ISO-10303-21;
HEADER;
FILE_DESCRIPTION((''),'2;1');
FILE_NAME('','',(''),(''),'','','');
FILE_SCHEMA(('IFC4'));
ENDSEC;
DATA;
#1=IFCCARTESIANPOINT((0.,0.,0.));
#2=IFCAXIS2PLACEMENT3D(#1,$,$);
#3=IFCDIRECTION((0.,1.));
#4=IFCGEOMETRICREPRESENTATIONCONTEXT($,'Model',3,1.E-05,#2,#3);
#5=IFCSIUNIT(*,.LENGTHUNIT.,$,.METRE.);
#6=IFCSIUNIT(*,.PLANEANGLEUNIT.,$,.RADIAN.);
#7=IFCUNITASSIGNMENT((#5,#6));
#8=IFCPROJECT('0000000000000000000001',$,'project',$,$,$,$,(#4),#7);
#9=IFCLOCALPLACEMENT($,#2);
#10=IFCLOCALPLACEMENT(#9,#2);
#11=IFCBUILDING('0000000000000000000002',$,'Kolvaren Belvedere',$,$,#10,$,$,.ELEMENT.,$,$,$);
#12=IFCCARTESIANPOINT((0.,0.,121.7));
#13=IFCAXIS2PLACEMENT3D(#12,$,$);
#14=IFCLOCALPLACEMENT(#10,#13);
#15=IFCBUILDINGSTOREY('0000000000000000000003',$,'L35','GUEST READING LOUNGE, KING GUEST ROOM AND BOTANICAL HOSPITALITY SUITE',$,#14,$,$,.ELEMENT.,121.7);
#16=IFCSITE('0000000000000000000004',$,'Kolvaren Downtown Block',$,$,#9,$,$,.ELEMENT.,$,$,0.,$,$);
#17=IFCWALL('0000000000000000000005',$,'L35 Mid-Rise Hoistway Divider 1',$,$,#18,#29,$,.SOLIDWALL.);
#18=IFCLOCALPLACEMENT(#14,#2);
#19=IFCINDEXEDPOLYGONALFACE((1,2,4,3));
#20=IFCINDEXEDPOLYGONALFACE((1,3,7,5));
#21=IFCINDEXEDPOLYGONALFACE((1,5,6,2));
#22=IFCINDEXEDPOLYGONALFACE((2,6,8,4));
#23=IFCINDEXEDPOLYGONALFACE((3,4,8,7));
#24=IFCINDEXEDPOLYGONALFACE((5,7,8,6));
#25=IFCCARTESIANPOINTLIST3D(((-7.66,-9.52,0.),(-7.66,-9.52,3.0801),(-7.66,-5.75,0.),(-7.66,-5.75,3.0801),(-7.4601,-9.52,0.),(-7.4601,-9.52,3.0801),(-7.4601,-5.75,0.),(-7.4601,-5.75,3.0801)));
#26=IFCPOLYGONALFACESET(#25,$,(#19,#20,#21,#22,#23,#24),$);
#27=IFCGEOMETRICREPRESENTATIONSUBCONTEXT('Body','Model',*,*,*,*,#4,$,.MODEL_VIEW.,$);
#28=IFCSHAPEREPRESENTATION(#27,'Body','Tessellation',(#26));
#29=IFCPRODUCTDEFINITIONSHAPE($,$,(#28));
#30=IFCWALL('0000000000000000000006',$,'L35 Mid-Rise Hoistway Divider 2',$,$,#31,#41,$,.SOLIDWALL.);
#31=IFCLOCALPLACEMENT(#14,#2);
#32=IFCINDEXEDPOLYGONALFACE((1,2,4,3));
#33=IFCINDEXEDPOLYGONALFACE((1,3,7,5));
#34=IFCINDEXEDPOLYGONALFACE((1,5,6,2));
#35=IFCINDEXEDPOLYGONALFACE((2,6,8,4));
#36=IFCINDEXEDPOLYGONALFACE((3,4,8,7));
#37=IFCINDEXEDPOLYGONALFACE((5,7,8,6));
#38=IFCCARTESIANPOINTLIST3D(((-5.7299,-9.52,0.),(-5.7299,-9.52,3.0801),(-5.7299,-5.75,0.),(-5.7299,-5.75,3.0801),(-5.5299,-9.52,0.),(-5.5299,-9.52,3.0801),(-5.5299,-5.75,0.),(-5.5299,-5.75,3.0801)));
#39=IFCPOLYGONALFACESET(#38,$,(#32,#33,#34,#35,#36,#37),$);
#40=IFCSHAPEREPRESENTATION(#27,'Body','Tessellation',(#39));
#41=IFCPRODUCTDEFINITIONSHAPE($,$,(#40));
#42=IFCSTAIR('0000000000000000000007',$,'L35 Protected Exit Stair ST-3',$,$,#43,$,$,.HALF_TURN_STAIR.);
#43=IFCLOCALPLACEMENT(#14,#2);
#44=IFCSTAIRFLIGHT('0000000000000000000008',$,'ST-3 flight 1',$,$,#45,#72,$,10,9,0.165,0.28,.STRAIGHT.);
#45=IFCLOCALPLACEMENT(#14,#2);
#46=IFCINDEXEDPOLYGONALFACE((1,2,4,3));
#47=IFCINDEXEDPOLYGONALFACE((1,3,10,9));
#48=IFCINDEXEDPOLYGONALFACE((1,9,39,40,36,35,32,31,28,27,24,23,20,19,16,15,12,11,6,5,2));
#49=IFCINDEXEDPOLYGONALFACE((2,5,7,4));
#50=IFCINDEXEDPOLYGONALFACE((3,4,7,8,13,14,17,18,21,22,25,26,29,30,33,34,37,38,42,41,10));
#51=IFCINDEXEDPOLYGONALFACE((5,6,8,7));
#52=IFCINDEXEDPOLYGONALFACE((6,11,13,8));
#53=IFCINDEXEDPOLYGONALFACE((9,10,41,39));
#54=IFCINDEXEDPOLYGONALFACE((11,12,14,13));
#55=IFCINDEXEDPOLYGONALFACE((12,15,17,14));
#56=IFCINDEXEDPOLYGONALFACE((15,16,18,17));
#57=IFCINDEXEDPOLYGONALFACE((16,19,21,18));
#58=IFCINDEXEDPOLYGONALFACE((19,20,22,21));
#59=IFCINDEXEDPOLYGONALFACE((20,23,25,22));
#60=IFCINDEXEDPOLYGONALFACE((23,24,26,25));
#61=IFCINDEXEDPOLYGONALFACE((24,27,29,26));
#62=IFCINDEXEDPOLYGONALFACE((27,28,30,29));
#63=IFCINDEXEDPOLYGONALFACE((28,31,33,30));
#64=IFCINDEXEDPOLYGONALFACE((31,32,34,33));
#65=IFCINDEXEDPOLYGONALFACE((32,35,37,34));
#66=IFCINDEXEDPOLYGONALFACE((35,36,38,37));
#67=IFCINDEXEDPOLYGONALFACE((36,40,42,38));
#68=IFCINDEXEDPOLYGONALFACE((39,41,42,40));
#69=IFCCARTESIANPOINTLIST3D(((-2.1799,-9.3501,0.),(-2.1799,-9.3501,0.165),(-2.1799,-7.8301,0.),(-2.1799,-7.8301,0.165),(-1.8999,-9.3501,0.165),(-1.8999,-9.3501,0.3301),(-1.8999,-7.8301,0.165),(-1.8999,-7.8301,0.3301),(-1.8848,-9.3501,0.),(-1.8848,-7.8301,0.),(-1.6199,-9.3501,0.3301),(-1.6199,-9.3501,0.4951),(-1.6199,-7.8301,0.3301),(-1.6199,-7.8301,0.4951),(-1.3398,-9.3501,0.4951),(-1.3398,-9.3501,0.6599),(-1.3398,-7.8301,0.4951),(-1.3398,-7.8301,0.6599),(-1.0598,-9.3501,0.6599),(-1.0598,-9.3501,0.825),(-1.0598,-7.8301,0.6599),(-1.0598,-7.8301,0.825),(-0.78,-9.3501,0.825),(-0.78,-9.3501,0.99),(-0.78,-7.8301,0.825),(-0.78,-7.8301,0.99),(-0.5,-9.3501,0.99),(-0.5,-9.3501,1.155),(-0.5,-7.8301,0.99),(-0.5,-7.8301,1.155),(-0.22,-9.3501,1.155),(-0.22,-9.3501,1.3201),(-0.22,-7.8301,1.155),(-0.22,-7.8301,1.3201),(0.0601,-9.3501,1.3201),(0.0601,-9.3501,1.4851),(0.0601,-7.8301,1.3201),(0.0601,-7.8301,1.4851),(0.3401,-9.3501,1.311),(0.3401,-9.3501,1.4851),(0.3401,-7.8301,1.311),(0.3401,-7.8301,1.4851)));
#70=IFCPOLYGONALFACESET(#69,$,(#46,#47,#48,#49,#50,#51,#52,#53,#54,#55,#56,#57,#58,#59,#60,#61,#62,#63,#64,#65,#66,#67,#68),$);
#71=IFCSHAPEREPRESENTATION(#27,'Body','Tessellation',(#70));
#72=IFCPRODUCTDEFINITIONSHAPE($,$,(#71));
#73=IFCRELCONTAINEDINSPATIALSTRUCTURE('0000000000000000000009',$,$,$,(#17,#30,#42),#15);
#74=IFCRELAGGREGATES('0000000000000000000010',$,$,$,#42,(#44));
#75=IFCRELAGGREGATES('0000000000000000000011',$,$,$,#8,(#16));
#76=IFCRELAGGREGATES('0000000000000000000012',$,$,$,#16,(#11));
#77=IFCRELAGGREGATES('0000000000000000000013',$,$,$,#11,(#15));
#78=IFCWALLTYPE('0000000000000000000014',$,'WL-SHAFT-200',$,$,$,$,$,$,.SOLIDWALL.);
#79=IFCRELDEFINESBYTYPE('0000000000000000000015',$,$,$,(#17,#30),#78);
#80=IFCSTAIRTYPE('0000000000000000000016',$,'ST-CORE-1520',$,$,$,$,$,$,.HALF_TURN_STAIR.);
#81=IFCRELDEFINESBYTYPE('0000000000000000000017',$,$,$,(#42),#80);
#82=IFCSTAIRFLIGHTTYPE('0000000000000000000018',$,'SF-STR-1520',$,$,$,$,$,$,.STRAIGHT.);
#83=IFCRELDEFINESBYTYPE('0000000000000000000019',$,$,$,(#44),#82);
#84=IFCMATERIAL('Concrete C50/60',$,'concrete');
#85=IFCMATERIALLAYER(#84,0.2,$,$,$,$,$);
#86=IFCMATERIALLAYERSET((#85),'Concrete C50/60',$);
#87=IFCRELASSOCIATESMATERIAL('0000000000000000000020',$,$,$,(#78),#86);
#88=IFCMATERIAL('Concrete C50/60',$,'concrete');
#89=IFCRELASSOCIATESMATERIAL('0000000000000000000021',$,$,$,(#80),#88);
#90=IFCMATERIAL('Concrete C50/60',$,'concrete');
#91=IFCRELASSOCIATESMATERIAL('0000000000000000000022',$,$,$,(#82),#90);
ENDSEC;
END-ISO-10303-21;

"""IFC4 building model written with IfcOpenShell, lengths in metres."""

from ifc_helpers import new_model, si_unit, direction, frame, frame_2d, origin, place, context, subcontext, project, spatial, polyline, rectangle, outline, extrude, material, layer, layer_set, type_object, element, aggregate, save


model = new_model("IFC4")

# Units and contexts
model_context = context("Model", 3, precision=1e-05, world=origin(), true_north=direction((0.0, 1.0)))
body_context = subcontext(model_context, "Body", "Model", "MODEL_VIEW")
ifc_project = project(units=[si_unit("LENGTHUNIT", "METRE"), si_unit("PLANEANGLEUNIT", "RADIAN")], contexts=[model_context])

# Site, building, storey
site_placement = place(None, origin())
site = spatial("IfcSite", under=ifc_project, at=site_placement, Name="Kolvaren Downtown Block", CompositionType="ELEMENT", RefElevation=0.0)
building_placement = place(site_placement, origin())
building = spatial("IfcBuilding", under=site, at=building_placement, Name="Kolvaren Belvedere", CompositionType="ELEMENT")
storey_placement = place(building_placement, frame((0.0, 0.0, 121.7)))
storey = spatial("IfcBuildingStorey", under=building, at=storey_placement, Name="L35", Description="GUEST READING LOUNGE, KING GUEST ROOM AND BOTANICAL HOSPITALITY SUITE", CompositionType="ELEMENT", Elevation=121.7)

# Shared definitions
ifc_material_1 = material(Name="Concrete C50/60", Category="concrete")
ifc_layer_1 = layer(ifc_material_1, 0.2)
ifc_layer_set_1 = layer_set([ifc_layer_1], Name="Concrete C50/60")
wall_type_1 = type_object("IfcWallType", Name="WL-SHAFT-200", PredefinedType="SOLIDWALL", material=ifc_layer_set_1)

# Walls
for number, where, z_axis, x_axis, name in (
    (1, (-7.5601, -9.52, 0.0), (0.0, 0.0, 1.0), (0.0, 1.0, 0.0), "L35 Mid-Rise Hoistway Divider 1"),
    (2, (-5.6299, -9.52, 0.0), (0.0, 0.0, 1.0), (0.0, 1.0, 0.0), "L35 Mid-Rise Hoistway Divider 2"),
):
    element("IfcWall", number, at=place(storey_placement, frame(where, z_axis=z_axis, x_axis=x_axis)), inside=storey, type_object=wall_type_1, Name=name, PredefinedType="SOLIDWALL", context=body_context, shape_type="SweptSolid", body=[
        extrude(rectangle(XDim=3.77, YDim=0.2, at=frame_2d((1.885, 0.0))), origin(), (0.0, 0.0, 1.0), 3.0801),
    ])

# Stair, stair flight
ifc_material_2 = material(Name="Concrete C50/60", Category="concrete")
stair_type = type_object("IfcStairType", Name="ST-CORE-1520", PredefinedType="HALF_TURN_STAIR", material=ifc_material_2)
stair_placement = place(storey_placement, origin())
stair = element("IfcStair", 3, at=stair_placement, inside=storey, type_object=stair_type, Name="L35 Protected Exit Stair ST-3", PredefinedType="HALF_TURN_STAIR")
ifc_material_3 = material(Name="Concrete C50/60", Category="concrete")
stair_flight_type = type_object("IfcStairFlightType", Name="SF-STR-1520", PredefinedType="STRAIGHT", material=ifc_material_3)
stair_flight_placement = place(storey_placement, frame((-2.1799, -8.5901, 0.0), z_axis=(0.0, 0.0, 1.0), x_axis=(1.0, 0.0, 0.0)))
stair_flight = element("IfcStairFlight", 4, at=stair_flight_placement, type_object=stair_flight_type, Name="ST-3 flight 1", NumberOfRisers=10, NumberOfTreads=9, PredefinedType="STRAIGHT", RiserHeight=0.165, TreadLength=0.28, context=body_context, shape_type="SweptSolid", body=[
    extrude(outline(polyline([(0.0, 0.0), (0.0, 0.165), (0.28, 0.165), (0.28, 0.3301), (0.5601, 0.3301), (0.5601, 0.4951), (0.8401, 0.4951), (0.8401, 0.6599), (1.1201, 0.6599), (1.1201, 0.825), (1.3999, 0.825), (1.3999, 0.99), (1.6799, 0.99), (1.6799, 1.155), (1.96, 1.155), (1.96, 1.3201), (2.24, 1.3201), (2.24, 1.4851), (2.52, 1.4851), (2.52, 1.6499), (2.52, 1.311), (0.2952, 0.0), (0.0, 0.0)])), frame((0.0, 0.76, 0.0), z_axis=(0.0, -1.0, 0.0), x_axis=(1.0, 0.0, 0.0)), (0.0, 0.0, 1.0), 1.52),
])
aggregate(stair, [stair_flight])

save(model, "model.ifc")
